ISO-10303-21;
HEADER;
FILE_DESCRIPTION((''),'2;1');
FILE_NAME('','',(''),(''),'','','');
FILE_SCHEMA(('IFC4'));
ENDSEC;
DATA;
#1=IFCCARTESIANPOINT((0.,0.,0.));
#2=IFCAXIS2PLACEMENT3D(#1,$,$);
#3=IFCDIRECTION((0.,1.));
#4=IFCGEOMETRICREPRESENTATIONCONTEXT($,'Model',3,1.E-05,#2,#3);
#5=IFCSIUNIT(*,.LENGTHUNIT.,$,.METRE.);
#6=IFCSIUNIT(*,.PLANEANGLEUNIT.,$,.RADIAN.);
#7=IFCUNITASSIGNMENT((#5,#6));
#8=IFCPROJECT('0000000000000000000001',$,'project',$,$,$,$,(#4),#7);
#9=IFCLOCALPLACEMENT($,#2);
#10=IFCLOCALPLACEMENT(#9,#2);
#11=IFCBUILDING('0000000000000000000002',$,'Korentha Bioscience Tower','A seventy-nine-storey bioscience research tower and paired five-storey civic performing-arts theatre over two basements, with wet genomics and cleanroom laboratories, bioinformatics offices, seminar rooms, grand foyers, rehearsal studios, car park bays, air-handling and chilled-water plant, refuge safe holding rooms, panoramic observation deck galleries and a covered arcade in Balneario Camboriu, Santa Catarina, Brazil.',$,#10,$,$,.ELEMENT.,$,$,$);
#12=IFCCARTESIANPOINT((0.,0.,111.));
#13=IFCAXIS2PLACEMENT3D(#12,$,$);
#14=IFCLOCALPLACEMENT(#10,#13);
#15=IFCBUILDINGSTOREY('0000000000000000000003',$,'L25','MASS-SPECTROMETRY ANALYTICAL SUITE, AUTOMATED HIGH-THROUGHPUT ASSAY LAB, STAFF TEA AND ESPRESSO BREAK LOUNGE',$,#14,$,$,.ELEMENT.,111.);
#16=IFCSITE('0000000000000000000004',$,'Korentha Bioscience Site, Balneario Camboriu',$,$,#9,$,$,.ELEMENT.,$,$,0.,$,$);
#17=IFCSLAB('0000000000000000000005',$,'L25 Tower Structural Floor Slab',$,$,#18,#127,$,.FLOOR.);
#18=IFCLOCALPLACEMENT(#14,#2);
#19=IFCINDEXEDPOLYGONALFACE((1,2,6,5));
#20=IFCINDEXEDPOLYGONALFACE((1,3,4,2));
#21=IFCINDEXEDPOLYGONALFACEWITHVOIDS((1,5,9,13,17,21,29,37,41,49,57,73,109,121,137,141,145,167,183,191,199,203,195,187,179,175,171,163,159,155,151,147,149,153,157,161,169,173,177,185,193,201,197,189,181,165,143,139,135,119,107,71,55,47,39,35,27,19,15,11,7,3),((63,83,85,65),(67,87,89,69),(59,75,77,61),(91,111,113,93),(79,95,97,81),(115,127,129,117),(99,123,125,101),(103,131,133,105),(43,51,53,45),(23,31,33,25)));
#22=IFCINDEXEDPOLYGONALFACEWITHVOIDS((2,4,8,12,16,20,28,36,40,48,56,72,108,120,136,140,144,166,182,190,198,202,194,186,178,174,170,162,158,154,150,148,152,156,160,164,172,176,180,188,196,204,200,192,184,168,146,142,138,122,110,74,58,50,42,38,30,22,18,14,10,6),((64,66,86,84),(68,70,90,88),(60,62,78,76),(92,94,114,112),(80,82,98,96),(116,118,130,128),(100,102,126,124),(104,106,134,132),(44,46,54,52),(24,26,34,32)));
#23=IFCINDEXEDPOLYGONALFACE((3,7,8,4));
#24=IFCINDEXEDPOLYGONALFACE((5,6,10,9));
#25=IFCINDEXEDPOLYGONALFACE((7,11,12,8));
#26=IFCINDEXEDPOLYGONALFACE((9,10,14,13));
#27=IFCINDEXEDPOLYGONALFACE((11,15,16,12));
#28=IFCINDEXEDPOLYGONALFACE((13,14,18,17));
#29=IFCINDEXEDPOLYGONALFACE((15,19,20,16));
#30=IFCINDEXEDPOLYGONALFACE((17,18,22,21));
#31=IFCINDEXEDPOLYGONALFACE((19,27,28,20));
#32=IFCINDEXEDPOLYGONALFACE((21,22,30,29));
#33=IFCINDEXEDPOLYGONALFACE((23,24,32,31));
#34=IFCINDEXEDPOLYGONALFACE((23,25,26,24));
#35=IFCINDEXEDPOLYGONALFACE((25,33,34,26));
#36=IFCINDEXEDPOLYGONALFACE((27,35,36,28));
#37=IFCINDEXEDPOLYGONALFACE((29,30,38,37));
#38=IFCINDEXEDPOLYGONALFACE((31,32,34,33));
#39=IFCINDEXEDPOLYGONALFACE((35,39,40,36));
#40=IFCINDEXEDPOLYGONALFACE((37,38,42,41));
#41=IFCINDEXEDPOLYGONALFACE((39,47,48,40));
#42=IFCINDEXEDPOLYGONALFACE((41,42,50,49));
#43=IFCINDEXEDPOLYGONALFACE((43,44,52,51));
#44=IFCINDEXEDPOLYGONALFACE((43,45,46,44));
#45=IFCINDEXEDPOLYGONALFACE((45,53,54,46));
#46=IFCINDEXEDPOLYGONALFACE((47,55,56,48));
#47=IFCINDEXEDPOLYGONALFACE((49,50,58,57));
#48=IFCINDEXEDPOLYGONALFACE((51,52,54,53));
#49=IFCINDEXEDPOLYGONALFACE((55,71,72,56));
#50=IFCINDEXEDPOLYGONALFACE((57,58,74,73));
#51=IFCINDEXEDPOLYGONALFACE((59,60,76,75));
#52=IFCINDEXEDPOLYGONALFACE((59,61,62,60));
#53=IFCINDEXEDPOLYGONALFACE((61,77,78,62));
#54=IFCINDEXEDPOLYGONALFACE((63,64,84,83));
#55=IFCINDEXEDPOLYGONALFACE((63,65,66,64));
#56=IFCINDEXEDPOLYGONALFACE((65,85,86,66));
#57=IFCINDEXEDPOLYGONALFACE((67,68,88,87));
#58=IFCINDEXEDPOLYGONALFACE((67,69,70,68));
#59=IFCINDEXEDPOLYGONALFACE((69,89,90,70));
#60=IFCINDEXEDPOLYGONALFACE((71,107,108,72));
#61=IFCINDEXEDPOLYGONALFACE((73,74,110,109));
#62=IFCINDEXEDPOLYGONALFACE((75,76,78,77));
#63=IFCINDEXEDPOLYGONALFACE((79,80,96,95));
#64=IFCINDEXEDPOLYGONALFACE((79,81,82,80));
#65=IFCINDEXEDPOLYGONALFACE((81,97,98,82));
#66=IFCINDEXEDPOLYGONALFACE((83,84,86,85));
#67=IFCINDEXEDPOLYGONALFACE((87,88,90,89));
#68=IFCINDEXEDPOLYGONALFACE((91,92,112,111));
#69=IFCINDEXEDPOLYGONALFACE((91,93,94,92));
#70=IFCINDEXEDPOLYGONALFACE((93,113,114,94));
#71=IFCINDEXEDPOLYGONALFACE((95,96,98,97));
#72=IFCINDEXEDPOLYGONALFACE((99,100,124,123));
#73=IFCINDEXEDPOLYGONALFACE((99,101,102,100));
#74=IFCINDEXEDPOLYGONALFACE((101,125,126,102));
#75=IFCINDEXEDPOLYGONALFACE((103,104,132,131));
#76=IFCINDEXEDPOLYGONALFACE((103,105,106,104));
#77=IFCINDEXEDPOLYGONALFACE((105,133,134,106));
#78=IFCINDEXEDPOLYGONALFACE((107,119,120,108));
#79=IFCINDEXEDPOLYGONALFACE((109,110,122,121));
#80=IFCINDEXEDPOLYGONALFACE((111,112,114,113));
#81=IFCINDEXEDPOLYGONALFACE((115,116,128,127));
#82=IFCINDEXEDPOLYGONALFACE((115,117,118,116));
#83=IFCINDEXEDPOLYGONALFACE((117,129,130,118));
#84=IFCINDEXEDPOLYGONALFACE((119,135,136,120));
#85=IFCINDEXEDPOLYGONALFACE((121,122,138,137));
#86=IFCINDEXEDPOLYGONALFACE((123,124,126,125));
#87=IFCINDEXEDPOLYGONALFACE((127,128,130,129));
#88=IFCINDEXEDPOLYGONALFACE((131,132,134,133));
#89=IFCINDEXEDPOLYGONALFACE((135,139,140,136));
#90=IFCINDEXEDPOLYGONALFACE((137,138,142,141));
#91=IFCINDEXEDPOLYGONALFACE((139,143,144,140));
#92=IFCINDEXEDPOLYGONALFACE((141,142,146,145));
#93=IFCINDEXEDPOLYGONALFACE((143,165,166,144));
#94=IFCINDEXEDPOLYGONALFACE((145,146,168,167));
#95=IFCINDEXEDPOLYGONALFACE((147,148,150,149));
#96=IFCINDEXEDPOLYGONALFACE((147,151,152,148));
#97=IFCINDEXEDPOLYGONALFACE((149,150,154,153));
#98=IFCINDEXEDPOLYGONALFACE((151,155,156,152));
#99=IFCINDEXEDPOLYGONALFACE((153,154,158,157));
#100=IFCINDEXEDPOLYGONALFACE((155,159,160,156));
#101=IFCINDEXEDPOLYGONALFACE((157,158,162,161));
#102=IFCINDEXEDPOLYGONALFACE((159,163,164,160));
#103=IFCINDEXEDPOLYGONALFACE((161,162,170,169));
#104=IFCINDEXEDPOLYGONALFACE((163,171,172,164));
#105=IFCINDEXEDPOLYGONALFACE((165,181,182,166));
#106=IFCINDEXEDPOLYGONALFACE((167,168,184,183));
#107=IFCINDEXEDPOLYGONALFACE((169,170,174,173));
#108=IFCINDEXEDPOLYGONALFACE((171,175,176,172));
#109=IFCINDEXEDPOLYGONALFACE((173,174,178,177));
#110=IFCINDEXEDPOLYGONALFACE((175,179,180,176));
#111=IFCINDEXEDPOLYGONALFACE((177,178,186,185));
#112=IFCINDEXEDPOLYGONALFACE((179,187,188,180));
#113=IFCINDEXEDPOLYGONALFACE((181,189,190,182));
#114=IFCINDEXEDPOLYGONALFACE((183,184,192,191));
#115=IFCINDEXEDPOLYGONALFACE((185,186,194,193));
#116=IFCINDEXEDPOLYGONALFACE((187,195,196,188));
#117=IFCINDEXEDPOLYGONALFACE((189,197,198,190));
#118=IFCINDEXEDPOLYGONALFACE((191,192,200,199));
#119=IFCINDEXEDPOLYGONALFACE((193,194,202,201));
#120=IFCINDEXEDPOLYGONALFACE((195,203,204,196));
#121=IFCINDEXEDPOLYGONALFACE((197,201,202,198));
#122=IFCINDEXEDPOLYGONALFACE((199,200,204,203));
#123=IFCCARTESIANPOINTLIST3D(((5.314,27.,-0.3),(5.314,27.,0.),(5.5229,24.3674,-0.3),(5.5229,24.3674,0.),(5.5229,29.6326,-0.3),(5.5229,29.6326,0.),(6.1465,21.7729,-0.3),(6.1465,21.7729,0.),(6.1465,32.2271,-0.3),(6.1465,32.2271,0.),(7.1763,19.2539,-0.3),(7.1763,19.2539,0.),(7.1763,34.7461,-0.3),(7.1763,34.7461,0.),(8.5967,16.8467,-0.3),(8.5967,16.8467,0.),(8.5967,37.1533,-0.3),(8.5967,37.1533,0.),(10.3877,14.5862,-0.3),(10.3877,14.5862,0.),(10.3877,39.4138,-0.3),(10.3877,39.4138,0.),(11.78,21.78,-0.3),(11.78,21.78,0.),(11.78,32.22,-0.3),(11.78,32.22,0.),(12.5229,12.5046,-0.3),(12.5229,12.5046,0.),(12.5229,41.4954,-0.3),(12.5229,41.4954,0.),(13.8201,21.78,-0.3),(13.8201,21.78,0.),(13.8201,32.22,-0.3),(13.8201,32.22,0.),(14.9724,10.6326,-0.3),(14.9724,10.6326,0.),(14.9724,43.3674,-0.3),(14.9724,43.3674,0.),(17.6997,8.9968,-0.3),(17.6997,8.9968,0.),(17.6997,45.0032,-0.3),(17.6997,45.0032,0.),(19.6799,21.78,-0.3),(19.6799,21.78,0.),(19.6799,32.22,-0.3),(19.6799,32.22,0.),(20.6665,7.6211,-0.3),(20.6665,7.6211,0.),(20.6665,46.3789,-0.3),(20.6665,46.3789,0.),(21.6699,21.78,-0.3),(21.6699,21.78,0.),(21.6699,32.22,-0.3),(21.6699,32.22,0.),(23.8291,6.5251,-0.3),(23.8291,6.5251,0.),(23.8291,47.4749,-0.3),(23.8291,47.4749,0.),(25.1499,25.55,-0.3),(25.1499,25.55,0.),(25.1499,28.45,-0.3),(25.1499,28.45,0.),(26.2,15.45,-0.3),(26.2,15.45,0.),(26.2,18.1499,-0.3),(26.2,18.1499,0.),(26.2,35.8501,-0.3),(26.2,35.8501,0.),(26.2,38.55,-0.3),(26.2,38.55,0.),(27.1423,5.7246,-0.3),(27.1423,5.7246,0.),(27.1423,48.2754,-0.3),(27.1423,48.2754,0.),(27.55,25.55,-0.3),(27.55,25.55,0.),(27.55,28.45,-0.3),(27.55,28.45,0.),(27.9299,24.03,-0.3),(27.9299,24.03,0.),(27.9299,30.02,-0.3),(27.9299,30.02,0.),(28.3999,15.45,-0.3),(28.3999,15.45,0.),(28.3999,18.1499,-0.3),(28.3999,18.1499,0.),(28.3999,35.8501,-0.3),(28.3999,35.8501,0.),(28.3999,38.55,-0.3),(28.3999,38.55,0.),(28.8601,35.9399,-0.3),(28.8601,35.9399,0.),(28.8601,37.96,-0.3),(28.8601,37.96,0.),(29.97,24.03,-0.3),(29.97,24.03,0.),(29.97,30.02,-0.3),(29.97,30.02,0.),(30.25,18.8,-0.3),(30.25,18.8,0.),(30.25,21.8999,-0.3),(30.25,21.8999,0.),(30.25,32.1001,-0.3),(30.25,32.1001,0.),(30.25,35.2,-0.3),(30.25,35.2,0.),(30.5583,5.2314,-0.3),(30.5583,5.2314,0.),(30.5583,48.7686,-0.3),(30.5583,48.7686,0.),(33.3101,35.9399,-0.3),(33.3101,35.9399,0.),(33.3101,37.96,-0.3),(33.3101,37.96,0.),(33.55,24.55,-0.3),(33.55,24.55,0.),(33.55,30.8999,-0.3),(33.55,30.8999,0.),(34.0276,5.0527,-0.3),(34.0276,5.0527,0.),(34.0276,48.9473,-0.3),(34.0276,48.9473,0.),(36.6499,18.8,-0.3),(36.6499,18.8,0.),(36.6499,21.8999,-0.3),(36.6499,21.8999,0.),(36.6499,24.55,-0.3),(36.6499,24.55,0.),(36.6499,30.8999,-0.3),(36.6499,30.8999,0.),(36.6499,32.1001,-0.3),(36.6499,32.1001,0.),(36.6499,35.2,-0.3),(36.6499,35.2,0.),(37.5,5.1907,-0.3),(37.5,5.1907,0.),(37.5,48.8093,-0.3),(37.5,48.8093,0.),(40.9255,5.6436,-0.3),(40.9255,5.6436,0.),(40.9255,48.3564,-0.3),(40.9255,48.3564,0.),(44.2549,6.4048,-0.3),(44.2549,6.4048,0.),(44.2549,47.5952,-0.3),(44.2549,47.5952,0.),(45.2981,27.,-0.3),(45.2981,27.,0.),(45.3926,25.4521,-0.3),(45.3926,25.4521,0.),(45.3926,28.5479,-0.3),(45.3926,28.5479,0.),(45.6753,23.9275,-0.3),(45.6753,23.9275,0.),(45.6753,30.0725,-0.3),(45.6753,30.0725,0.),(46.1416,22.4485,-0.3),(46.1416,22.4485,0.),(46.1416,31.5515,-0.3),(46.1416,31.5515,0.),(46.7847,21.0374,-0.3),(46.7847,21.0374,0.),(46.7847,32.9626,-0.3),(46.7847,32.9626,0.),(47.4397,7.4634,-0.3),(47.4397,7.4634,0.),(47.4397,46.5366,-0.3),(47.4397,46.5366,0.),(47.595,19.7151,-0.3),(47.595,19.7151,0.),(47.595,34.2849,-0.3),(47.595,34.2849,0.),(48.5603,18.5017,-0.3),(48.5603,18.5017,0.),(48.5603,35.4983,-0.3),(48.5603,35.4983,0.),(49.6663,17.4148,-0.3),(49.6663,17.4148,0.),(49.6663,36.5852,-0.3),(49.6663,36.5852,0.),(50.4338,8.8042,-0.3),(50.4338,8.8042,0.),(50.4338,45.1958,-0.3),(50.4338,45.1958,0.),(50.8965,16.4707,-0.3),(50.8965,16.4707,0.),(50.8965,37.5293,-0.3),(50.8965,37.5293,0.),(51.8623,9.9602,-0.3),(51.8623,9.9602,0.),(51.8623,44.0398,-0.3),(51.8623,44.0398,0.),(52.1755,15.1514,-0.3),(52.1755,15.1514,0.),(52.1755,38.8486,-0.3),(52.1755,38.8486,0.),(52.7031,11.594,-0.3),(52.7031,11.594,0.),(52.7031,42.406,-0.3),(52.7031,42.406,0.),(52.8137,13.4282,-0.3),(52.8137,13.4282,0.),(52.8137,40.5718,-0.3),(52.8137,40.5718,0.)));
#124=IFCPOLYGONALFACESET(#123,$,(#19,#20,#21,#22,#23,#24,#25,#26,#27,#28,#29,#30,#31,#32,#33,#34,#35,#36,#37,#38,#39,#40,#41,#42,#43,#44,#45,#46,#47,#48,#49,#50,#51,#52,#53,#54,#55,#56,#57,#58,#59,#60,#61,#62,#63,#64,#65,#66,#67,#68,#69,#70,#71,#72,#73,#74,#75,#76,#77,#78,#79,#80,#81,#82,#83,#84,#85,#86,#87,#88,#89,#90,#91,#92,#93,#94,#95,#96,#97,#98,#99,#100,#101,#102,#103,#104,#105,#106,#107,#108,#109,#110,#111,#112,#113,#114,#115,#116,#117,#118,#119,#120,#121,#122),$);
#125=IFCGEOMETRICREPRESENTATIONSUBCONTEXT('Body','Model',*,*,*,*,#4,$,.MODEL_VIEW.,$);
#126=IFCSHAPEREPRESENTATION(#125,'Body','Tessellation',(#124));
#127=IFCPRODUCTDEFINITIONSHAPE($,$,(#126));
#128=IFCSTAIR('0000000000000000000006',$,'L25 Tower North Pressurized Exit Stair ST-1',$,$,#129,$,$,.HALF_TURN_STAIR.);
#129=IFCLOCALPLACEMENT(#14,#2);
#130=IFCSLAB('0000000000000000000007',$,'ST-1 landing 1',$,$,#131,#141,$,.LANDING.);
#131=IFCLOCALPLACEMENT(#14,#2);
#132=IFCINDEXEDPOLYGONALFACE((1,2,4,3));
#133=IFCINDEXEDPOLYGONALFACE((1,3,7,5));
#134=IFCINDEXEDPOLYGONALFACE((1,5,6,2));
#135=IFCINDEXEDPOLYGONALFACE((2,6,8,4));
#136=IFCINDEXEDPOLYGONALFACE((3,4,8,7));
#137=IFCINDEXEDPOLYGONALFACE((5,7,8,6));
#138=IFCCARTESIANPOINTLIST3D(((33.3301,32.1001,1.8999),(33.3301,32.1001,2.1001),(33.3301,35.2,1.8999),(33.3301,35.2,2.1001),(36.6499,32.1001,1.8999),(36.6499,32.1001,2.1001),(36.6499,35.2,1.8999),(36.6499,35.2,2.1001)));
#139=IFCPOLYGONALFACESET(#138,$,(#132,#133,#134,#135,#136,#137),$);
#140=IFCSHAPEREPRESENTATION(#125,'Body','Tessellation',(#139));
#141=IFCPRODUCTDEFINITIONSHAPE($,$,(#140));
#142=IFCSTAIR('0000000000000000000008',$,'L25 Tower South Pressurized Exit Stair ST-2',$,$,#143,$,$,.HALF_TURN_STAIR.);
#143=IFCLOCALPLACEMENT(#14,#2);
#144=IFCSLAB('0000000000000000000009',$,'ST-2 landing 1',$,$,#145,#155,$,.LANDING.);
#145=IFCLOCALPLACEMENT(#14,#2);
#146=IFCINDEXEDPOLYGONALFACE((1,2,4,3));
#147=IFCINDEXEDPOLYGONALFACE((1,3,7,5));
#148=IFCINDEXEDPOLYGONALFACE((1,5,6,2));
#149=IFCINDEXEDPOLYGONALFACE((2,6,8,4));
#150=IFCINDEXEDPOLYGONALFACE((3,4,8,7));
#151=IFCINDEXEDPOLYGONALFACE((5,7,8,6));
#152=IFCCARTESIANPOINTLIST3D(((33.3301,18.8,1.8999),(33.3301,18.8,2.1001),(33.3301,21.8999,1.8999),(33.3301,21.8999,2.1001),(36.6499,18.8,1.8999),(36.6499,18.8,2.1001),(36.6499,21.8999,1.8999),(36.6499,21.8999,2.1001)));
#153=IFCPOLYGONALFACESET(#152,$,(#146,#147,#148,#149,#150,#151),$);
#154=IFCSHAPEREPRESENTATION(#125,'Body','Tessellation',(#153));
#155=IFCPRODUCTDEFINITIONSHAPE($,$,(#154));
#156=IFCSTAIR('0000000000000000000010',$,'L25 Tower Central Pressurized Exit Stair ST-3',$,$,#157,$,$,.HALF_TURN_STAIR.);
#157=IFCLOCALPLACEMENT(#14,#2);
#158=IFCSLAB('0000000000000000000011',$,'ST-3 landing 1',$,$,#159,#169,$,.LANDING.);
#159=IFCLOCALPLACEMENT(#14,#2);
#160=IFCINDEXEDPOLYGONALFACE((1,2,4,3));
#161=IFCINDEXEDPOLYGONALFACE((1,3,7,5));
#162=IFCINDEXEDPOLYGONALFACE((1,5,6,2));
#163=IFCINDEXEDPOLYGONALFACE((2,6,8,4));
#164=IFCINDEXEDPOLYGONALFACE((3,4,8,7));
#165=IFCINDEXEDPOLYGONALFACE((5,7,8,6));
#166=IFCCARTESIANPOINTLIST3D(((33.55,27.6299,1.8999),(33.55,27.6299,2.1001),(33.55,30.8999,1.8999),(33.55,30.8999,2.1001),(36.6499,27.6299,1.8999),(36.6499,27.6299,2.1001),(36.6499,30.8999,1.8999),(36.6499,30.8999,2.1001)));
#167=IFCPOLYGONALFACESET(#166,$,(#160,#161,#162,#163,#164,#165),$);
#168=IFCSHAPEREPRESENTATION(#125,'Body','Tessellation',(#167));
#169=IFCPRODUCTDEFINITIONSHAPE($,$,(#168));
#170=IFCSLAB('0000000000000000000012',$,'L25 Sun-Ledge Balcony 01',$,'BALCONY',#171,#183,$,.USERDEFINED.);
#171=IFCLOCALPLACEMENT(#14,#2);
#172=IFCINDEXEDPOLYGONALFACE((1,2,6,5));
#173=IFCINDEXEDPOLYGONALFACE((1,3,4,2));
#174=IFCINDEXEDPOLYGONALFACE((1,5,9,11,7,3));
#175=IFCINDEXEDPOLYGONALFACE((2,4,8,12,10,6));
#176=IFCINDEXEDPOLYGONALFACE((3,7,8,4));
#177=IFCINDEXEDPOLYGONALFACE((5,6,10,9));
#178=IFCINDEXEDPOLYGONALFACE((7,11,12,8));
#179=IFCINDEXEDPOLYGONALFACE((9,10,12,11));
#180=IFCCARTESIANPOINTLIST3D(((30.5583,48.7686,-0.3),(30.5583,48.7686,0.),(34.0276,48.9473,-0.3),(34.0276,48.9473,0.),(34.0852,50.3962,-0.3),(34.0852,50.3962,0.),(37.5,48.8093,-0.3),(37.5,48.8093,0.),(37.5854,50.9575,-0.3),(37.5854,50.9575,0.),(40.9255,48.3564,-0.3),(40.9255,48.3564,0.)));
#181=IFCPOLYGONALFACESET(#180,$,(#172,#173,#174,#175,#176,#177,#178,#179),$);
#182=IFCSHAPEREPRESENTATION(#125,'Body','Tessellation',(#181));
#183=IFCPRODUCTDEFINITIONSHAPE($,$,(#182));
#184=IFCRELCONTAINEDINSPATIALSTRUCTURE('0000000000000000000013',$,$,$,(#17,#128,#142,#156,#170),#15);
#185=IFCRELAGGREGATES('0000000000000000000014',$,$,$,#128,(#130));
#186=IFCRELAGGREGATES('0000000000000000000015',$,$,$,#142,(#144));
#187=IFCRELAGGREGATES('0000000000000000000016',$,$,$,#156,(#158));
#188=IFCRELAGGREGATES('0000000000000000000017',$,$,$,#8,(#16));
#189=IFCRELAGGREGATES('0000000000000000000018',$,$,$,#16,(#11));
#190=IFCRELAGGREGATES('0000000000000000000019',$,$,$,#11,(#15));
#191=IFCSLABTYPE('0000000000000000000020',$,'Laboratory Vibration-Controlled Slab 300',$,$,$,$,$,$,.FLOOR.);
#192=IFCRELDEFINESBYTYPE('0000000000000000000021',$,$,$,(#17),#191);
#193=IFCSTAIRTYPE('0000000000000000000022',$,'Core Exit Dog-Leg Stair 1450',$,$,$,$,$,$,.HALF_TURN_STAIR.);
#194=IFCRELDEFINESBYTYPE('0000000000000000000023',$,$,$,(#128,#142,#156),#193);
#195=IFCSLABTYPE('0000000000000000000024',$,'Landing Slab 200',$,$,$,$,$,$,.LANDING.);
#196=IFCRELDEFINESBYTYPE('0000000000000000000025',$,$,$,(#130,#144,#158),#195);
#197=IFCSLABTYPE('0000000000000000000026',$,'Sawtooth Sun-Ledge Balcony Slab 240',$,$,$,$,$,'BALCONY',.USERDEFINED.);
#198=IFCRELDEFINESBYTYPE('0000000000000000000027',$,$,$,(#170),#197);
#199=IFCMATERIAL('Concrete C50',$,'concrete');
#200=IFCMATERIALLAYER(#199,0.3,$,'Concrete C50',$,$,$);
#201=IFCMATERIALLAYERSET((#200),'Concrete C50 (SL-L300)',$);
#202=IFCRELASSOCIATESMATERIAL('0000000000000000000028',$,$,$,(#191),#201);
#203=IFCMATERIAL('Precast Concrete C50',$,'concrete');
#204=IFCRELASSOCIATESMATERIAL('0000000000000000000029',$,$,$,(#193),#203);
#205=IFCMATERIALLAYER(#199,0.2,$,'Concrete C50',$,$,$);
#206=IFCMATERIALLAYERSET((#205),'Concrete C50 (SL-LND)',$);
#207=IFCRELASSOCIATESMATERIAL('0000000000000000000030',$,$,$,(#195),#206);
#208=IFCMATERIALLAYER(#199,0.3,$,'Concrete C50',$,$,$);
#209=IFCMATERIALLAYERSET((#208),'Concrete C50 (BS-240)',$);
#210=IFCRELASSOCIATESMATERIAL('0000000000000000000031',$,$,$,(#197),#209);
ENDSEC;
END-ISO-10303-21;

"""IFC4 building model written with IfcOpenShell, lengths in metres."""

from ifc_helpers import new_model, si_unit, direction, frame, origin, place, context, subcontext, project, spatial, polyline, outline, extrude, material, layer, layer_set, type_object, element, aggregate, save


model = new_model("IFC4")

# Units and contexts
model_context = context("Model", 3, precision=1e-05, world=origin(), true_north=direction((0.0, 1.0)))
body_context = subcontext(model_context, "Body", "Model", "MODEL_VIEW")
ifc_project = project(units=[si_unit("LENGTHUNIT", "METRE"), si_unit("PLANEANGLEUNIT", "RADIAN")], contexts=[model_context])

# Site, building, storey
site_placement = place(None, origin())
site = spatial("IfcSite", under=ifc_project, at=site_placement, Name="Korentha Bioscience Site, Balneario Camboriu", CompositionType="ELEMENT", RefElevation=0.0)
building_placement = place(site_placement, origin())
building = spatial("IfcBuilding", under=site, at=building_placement, Name="Korentha Bioscience Tower", Description="A seventy-nine-storey bioscience research tower and paired five-storey civic performing-arts theatre over two basements, with wet genomics and cleanroom laboratories, bioinformatics offices, seminar rooms, grand foyers, rehearsal studios, car park bays, air-handling and chilled-water plant, refuge safe holding rooms, panoramic observation deck galleries and a covered arcade in Balneario Camboriu, Santa Catarina, Brazil.", CompositionType="ELEMENT")
storey_placement = place(building_placement, frame((0.0, 0.0, 111.0)))
storey = spatial("IfcBuildingStorey", under=building, at=storey_placement, Name="L25", Description="MASS-SPECTROMETRY ANALYTICAL SUITE, AUTOMATED HIGH-THROUGHPUT ASSAY LAB, STAFF TEA AND ESPRESSO BREAK LOUNGE", CompositionType="ELEMENT", Elevation=111.0)

# Slab
ifc_material_1 = material(Name="Concrete C50", Category="concrete")
ifc_layer_1 = layer(ifc_material_1, 0.3, Name="Concrete C50")
ifc_layer_set_1 = layer_set([ifc_layer_1], Name="Concrete C50 (SL-L300)")
slab_type_1 = type_object("IfcSlabType", Name="Laboratory Vibration-Controlled Slab 300", PredefinedType="FLOOR", material=ifc_layer_set_1)
slab_1_placement = place(storey_placement, frame((0.0, 0.0, -0.3)))
element("IfcSlab", 1, at=slab_1_placement, inside=storey, type_object=slab_type_1, Name="L25 Tower Structural Floor Slab", PredefinedType="FLOOR", context=body_context, shape_type="SweptSolid", body=[
    extrude(outline(polyline([(50.4338, 45.1958), (47.4397, 46.5366), (44.2549, 47.5952), (40.9255, 48.3564), (37.5, 48.8093), (34.0276, 48.9473), (30.5583, 48.7686), (27.1423, 48.2754), (23.8291, 47.4749), (20.6665, 46.3789), (17.6997, 45.0032), (14.9724, 43.3674), (12.5229, 41.4954), (10.3877, 39.4138), (8.5967, 37.1533), (7.1763, 34.7461), (6.1465, 32.2271), (5.5229, 29.6326), (5.314, 27.0), (5.5229, 24.3674), (6.1465, 21.7729), (7.1763, 19.2539), (8.5967, 16.8467), (10.3877, 14.5862), (12.5229, 12.5046), (14.9724, 10.6326), (17.6997, 8.9968), (20.6665, 7.6211), (23.8291, 6.5251), (27.1423, 5.7246), (30.5583, 5.2314), (34.0276, 5.0527), (37.5, 5.1907), (40.9255, 5.6436), (44.2549, 6.4048), (47.4397, 7.4634), (50.4338, 8.8042), (51.8623, 9.9602), (52.7031, 11.594), (52.8137, 13.4282), (52.1755, 15.1514), (50.8965, 16.4707), (49.6663, 17.4148), (48.5603, 18.5017), (47.595, 19.7151), (46.7847, 21.0374), (46.1416, 22.4485), (45.6753, 23.9275), (45.3926, 25.4521), (45.2981, 27.0), (45.3926, 28.5479), (45.6753, 30.0725), (46.1416, 31.5515), (46.7847, 32.9626), (47.595, 34.2849), (48.5603, 35.4983), (49.6663, 36.5852), (50.8965, 37.5293), (52.1755, 38.8486), (52.8137, 40.5718), (52.7031, 42.406), (51.8623, 44.0398), (50.4338, 45.1958)]), holes=[polyline([(30.25, 32.1001), (36.6499, 32.1001), (36.6499, 35.2), (30.25, 35.2), (30.25, 32.1001)]), polyline([(30.25, 18.8), (36.6499, 18.8), (36.6499, 21.8999), (30.25, 21.8999), (30.25, 18.8)]), polyline([(36.6499, 24.55), (36.6499, 30.8999), (33.55, 30.8999), (33.55, 24.55), (36.6499, 24.55)]), polyline([(11.78, 21.78), (13.8201, 21.78), (13.8201, 32.22), (11.78, 32.22), (11.78, 21.78)]), polyline([(19.6799, 21.78), (21.6699, 21.78), (21.6699, 32.22), (19.6799, 32.22), (19.6799, 21.78)]), polyline([(27.9299, 24.03), (29.97, 24.03), (29.97, 30.02), (27.9299, 30.02), (27.9299, 24.03)]), polyline([(28.8601, 35.9399), (33.3101, 35.9399), (33.3101, 37.96), (28.8601, 37.96), (28.8601, 35.9399)]), polyline([(26.2, 15.45), (28.3999, 15.45), (28.3999, 18.1499), (26.2, 18.1499), (26.2, 15.45)]), polyline([(26.2, 35.8501), (28.3999, 35.8501), (28.3999, 38.55), (26.2, 38.55), (26.2, 35.8501)]), polyline([(25.1499, 25.55), (27.55, 25.55), (27.55, 28.45), (25.1499, 28.45), (25.1499, 25.55)])]), origin(), (0.0, 0.0, 1.0), 0.3),
])

# Stairs, slabs
ifc_material_2 = material(Name="Precast Concrete C50", Category="concrete")
stair_type = type_object("IfcStairType", Name="Core Exit Dog-Leg Stair 1450", PredefinedType="HALF_TURN_STAIR", material=ifc_material_2)
stair_1_placement = place(storey_placement, origin())
stair_1 = element("IfcStair", 2, at=stair_1_placement, inside=storey, type_object=stair_type, Name="L25 Tower North Pressurized Exit Stair ST-1", PredefinedType="HALF_TURN_STAIR")
ifc_layer_2 = layer(ifc_material_1, 0.2, Name="Concrete C50")
ifc_layer_set_2 = layer_set([ifc_layer_2], Name="Concrete C50 (SL-LND)")
slab_type_2 = type_object("IfcSlabType", Name="Landing Slab 200", PredefinedType="LANDING", material=ifc_layer_set_2)
slab_2_placement = place(storey_placement, frame((0.0, 0.0, 1.8999)))
slab_2 = element("IfcSlab", 3, at=slab_2_placement, type_object=slab_type_2, Name="ST-1 landing 1", PredefinedType="LANDING", context=body_context, shape_type="SweptSolid", body=[
    extrude(outline(polyline([(33.3301, 32.1001), (36.6499, 32.1001), (36.6499, 35.2), (33.3301, 35.2), (33.3301, 32.1001)])), origin(), (0.0, 0.0, 1.0), 0.2002),
])
aggregate(stair_1, [slab_2])
stair_2_placement = place(storey_placement, origin())
stair_2 = element("IfcStair", 4, at=stair_2_placement, inside=storey, type_object=stair_type, Name="L25 Tower South Pressurized Exit Stair ST-2", PredefinedType="HALF_TURN_STAIR")
slab_3_placement = place(storey_placement, frame((0.0, 0.0, 1.8999)))
slab_3 = element("IfcSlab", 5, at=slab_3_placement, type_object=slab_type_2, Name="ST-2 landing 1", PredefinedType="LANDING", context=body_context, shape_type="SweptSolid", body=[
    extrude(outline(polyline([(33.3301, 18.8), (36.6499, 18.8), (36.6499, 21.8999), (33.3301, 21.8999), (33.3301, 18.8)])), origin(), (0.0, 0.0, 1.0), 0.2002),
])
aggregate(stair_2, [slab_3])
stair_3_placement = place(storey_placement, origin())
stair_3 = element("IfcStair", 6, at=stair_3_placement, inside=storey, type_object=stair_type, Name="L25 Tower Central Pressurized Exit Stair ST-3", PredefinedType="HALF_TURN_STAIR")
slab_4_placement = place(storey_placement, frame((0.0, 0.0, 1.8999)))
slab_4 = element("IfcSlab", 7, at=slab_4_placement, type_object=slab_type_2, Name="ST-3 landing 1", PredefinedType="LANDING", context=body_context, shape_type="SweptSolid", body=[
    extrude(outline(polyline([(36.6499, 27.6299), (36.6499, 30.8999), (33.55, 30.8999), (33.55, 27.6299), (36.6499, 27.6299)])), origin(), (0.0, 0.0, 1.0), 0.2002),
])
aggregate(stair_3, [slab_4])

# Slab
ifc_layer_3 = layer(ifc_material_1, 0.3, Name="Concrete C50")
ifc_layer_set_3 = layer_set([ifc_layer_3], Name="Concrete C50 (BS-240)")
slab_type_3 = type_object("IfcSlabType", Name="Sawtooth Sun-Ledge Balcony Slab 240", ElementType="BALCONY", PredefinedType="USERDEFINED", material=ifc_layer_set_3)
slab_5_placement = place(storey_placement, frame((0.0, 0.0, -0.3)))
element("IfcSlab", 8, at=slab_5_placement, inside=storey, type_object=slab_type_3, Name="L25 Sun-Ledge Balcony 01", ObjectType="BALCONY", PredefinedType="USERDEFINED", context=body_context, shape_type="SweptSolid", body=[
    extrude(outline(polyline([(30.5583, 48.7686), (34.0276, 48.9473), (37.5, 48.8093), (40.9255, 48.3564), (37.5854, 50.9575), (34.0852, 50.3962), (30.5583, 48.7686)])), origin(), (0.0, 0.0, 1.0), 0.3),
])

save(model, "model.ifc")
